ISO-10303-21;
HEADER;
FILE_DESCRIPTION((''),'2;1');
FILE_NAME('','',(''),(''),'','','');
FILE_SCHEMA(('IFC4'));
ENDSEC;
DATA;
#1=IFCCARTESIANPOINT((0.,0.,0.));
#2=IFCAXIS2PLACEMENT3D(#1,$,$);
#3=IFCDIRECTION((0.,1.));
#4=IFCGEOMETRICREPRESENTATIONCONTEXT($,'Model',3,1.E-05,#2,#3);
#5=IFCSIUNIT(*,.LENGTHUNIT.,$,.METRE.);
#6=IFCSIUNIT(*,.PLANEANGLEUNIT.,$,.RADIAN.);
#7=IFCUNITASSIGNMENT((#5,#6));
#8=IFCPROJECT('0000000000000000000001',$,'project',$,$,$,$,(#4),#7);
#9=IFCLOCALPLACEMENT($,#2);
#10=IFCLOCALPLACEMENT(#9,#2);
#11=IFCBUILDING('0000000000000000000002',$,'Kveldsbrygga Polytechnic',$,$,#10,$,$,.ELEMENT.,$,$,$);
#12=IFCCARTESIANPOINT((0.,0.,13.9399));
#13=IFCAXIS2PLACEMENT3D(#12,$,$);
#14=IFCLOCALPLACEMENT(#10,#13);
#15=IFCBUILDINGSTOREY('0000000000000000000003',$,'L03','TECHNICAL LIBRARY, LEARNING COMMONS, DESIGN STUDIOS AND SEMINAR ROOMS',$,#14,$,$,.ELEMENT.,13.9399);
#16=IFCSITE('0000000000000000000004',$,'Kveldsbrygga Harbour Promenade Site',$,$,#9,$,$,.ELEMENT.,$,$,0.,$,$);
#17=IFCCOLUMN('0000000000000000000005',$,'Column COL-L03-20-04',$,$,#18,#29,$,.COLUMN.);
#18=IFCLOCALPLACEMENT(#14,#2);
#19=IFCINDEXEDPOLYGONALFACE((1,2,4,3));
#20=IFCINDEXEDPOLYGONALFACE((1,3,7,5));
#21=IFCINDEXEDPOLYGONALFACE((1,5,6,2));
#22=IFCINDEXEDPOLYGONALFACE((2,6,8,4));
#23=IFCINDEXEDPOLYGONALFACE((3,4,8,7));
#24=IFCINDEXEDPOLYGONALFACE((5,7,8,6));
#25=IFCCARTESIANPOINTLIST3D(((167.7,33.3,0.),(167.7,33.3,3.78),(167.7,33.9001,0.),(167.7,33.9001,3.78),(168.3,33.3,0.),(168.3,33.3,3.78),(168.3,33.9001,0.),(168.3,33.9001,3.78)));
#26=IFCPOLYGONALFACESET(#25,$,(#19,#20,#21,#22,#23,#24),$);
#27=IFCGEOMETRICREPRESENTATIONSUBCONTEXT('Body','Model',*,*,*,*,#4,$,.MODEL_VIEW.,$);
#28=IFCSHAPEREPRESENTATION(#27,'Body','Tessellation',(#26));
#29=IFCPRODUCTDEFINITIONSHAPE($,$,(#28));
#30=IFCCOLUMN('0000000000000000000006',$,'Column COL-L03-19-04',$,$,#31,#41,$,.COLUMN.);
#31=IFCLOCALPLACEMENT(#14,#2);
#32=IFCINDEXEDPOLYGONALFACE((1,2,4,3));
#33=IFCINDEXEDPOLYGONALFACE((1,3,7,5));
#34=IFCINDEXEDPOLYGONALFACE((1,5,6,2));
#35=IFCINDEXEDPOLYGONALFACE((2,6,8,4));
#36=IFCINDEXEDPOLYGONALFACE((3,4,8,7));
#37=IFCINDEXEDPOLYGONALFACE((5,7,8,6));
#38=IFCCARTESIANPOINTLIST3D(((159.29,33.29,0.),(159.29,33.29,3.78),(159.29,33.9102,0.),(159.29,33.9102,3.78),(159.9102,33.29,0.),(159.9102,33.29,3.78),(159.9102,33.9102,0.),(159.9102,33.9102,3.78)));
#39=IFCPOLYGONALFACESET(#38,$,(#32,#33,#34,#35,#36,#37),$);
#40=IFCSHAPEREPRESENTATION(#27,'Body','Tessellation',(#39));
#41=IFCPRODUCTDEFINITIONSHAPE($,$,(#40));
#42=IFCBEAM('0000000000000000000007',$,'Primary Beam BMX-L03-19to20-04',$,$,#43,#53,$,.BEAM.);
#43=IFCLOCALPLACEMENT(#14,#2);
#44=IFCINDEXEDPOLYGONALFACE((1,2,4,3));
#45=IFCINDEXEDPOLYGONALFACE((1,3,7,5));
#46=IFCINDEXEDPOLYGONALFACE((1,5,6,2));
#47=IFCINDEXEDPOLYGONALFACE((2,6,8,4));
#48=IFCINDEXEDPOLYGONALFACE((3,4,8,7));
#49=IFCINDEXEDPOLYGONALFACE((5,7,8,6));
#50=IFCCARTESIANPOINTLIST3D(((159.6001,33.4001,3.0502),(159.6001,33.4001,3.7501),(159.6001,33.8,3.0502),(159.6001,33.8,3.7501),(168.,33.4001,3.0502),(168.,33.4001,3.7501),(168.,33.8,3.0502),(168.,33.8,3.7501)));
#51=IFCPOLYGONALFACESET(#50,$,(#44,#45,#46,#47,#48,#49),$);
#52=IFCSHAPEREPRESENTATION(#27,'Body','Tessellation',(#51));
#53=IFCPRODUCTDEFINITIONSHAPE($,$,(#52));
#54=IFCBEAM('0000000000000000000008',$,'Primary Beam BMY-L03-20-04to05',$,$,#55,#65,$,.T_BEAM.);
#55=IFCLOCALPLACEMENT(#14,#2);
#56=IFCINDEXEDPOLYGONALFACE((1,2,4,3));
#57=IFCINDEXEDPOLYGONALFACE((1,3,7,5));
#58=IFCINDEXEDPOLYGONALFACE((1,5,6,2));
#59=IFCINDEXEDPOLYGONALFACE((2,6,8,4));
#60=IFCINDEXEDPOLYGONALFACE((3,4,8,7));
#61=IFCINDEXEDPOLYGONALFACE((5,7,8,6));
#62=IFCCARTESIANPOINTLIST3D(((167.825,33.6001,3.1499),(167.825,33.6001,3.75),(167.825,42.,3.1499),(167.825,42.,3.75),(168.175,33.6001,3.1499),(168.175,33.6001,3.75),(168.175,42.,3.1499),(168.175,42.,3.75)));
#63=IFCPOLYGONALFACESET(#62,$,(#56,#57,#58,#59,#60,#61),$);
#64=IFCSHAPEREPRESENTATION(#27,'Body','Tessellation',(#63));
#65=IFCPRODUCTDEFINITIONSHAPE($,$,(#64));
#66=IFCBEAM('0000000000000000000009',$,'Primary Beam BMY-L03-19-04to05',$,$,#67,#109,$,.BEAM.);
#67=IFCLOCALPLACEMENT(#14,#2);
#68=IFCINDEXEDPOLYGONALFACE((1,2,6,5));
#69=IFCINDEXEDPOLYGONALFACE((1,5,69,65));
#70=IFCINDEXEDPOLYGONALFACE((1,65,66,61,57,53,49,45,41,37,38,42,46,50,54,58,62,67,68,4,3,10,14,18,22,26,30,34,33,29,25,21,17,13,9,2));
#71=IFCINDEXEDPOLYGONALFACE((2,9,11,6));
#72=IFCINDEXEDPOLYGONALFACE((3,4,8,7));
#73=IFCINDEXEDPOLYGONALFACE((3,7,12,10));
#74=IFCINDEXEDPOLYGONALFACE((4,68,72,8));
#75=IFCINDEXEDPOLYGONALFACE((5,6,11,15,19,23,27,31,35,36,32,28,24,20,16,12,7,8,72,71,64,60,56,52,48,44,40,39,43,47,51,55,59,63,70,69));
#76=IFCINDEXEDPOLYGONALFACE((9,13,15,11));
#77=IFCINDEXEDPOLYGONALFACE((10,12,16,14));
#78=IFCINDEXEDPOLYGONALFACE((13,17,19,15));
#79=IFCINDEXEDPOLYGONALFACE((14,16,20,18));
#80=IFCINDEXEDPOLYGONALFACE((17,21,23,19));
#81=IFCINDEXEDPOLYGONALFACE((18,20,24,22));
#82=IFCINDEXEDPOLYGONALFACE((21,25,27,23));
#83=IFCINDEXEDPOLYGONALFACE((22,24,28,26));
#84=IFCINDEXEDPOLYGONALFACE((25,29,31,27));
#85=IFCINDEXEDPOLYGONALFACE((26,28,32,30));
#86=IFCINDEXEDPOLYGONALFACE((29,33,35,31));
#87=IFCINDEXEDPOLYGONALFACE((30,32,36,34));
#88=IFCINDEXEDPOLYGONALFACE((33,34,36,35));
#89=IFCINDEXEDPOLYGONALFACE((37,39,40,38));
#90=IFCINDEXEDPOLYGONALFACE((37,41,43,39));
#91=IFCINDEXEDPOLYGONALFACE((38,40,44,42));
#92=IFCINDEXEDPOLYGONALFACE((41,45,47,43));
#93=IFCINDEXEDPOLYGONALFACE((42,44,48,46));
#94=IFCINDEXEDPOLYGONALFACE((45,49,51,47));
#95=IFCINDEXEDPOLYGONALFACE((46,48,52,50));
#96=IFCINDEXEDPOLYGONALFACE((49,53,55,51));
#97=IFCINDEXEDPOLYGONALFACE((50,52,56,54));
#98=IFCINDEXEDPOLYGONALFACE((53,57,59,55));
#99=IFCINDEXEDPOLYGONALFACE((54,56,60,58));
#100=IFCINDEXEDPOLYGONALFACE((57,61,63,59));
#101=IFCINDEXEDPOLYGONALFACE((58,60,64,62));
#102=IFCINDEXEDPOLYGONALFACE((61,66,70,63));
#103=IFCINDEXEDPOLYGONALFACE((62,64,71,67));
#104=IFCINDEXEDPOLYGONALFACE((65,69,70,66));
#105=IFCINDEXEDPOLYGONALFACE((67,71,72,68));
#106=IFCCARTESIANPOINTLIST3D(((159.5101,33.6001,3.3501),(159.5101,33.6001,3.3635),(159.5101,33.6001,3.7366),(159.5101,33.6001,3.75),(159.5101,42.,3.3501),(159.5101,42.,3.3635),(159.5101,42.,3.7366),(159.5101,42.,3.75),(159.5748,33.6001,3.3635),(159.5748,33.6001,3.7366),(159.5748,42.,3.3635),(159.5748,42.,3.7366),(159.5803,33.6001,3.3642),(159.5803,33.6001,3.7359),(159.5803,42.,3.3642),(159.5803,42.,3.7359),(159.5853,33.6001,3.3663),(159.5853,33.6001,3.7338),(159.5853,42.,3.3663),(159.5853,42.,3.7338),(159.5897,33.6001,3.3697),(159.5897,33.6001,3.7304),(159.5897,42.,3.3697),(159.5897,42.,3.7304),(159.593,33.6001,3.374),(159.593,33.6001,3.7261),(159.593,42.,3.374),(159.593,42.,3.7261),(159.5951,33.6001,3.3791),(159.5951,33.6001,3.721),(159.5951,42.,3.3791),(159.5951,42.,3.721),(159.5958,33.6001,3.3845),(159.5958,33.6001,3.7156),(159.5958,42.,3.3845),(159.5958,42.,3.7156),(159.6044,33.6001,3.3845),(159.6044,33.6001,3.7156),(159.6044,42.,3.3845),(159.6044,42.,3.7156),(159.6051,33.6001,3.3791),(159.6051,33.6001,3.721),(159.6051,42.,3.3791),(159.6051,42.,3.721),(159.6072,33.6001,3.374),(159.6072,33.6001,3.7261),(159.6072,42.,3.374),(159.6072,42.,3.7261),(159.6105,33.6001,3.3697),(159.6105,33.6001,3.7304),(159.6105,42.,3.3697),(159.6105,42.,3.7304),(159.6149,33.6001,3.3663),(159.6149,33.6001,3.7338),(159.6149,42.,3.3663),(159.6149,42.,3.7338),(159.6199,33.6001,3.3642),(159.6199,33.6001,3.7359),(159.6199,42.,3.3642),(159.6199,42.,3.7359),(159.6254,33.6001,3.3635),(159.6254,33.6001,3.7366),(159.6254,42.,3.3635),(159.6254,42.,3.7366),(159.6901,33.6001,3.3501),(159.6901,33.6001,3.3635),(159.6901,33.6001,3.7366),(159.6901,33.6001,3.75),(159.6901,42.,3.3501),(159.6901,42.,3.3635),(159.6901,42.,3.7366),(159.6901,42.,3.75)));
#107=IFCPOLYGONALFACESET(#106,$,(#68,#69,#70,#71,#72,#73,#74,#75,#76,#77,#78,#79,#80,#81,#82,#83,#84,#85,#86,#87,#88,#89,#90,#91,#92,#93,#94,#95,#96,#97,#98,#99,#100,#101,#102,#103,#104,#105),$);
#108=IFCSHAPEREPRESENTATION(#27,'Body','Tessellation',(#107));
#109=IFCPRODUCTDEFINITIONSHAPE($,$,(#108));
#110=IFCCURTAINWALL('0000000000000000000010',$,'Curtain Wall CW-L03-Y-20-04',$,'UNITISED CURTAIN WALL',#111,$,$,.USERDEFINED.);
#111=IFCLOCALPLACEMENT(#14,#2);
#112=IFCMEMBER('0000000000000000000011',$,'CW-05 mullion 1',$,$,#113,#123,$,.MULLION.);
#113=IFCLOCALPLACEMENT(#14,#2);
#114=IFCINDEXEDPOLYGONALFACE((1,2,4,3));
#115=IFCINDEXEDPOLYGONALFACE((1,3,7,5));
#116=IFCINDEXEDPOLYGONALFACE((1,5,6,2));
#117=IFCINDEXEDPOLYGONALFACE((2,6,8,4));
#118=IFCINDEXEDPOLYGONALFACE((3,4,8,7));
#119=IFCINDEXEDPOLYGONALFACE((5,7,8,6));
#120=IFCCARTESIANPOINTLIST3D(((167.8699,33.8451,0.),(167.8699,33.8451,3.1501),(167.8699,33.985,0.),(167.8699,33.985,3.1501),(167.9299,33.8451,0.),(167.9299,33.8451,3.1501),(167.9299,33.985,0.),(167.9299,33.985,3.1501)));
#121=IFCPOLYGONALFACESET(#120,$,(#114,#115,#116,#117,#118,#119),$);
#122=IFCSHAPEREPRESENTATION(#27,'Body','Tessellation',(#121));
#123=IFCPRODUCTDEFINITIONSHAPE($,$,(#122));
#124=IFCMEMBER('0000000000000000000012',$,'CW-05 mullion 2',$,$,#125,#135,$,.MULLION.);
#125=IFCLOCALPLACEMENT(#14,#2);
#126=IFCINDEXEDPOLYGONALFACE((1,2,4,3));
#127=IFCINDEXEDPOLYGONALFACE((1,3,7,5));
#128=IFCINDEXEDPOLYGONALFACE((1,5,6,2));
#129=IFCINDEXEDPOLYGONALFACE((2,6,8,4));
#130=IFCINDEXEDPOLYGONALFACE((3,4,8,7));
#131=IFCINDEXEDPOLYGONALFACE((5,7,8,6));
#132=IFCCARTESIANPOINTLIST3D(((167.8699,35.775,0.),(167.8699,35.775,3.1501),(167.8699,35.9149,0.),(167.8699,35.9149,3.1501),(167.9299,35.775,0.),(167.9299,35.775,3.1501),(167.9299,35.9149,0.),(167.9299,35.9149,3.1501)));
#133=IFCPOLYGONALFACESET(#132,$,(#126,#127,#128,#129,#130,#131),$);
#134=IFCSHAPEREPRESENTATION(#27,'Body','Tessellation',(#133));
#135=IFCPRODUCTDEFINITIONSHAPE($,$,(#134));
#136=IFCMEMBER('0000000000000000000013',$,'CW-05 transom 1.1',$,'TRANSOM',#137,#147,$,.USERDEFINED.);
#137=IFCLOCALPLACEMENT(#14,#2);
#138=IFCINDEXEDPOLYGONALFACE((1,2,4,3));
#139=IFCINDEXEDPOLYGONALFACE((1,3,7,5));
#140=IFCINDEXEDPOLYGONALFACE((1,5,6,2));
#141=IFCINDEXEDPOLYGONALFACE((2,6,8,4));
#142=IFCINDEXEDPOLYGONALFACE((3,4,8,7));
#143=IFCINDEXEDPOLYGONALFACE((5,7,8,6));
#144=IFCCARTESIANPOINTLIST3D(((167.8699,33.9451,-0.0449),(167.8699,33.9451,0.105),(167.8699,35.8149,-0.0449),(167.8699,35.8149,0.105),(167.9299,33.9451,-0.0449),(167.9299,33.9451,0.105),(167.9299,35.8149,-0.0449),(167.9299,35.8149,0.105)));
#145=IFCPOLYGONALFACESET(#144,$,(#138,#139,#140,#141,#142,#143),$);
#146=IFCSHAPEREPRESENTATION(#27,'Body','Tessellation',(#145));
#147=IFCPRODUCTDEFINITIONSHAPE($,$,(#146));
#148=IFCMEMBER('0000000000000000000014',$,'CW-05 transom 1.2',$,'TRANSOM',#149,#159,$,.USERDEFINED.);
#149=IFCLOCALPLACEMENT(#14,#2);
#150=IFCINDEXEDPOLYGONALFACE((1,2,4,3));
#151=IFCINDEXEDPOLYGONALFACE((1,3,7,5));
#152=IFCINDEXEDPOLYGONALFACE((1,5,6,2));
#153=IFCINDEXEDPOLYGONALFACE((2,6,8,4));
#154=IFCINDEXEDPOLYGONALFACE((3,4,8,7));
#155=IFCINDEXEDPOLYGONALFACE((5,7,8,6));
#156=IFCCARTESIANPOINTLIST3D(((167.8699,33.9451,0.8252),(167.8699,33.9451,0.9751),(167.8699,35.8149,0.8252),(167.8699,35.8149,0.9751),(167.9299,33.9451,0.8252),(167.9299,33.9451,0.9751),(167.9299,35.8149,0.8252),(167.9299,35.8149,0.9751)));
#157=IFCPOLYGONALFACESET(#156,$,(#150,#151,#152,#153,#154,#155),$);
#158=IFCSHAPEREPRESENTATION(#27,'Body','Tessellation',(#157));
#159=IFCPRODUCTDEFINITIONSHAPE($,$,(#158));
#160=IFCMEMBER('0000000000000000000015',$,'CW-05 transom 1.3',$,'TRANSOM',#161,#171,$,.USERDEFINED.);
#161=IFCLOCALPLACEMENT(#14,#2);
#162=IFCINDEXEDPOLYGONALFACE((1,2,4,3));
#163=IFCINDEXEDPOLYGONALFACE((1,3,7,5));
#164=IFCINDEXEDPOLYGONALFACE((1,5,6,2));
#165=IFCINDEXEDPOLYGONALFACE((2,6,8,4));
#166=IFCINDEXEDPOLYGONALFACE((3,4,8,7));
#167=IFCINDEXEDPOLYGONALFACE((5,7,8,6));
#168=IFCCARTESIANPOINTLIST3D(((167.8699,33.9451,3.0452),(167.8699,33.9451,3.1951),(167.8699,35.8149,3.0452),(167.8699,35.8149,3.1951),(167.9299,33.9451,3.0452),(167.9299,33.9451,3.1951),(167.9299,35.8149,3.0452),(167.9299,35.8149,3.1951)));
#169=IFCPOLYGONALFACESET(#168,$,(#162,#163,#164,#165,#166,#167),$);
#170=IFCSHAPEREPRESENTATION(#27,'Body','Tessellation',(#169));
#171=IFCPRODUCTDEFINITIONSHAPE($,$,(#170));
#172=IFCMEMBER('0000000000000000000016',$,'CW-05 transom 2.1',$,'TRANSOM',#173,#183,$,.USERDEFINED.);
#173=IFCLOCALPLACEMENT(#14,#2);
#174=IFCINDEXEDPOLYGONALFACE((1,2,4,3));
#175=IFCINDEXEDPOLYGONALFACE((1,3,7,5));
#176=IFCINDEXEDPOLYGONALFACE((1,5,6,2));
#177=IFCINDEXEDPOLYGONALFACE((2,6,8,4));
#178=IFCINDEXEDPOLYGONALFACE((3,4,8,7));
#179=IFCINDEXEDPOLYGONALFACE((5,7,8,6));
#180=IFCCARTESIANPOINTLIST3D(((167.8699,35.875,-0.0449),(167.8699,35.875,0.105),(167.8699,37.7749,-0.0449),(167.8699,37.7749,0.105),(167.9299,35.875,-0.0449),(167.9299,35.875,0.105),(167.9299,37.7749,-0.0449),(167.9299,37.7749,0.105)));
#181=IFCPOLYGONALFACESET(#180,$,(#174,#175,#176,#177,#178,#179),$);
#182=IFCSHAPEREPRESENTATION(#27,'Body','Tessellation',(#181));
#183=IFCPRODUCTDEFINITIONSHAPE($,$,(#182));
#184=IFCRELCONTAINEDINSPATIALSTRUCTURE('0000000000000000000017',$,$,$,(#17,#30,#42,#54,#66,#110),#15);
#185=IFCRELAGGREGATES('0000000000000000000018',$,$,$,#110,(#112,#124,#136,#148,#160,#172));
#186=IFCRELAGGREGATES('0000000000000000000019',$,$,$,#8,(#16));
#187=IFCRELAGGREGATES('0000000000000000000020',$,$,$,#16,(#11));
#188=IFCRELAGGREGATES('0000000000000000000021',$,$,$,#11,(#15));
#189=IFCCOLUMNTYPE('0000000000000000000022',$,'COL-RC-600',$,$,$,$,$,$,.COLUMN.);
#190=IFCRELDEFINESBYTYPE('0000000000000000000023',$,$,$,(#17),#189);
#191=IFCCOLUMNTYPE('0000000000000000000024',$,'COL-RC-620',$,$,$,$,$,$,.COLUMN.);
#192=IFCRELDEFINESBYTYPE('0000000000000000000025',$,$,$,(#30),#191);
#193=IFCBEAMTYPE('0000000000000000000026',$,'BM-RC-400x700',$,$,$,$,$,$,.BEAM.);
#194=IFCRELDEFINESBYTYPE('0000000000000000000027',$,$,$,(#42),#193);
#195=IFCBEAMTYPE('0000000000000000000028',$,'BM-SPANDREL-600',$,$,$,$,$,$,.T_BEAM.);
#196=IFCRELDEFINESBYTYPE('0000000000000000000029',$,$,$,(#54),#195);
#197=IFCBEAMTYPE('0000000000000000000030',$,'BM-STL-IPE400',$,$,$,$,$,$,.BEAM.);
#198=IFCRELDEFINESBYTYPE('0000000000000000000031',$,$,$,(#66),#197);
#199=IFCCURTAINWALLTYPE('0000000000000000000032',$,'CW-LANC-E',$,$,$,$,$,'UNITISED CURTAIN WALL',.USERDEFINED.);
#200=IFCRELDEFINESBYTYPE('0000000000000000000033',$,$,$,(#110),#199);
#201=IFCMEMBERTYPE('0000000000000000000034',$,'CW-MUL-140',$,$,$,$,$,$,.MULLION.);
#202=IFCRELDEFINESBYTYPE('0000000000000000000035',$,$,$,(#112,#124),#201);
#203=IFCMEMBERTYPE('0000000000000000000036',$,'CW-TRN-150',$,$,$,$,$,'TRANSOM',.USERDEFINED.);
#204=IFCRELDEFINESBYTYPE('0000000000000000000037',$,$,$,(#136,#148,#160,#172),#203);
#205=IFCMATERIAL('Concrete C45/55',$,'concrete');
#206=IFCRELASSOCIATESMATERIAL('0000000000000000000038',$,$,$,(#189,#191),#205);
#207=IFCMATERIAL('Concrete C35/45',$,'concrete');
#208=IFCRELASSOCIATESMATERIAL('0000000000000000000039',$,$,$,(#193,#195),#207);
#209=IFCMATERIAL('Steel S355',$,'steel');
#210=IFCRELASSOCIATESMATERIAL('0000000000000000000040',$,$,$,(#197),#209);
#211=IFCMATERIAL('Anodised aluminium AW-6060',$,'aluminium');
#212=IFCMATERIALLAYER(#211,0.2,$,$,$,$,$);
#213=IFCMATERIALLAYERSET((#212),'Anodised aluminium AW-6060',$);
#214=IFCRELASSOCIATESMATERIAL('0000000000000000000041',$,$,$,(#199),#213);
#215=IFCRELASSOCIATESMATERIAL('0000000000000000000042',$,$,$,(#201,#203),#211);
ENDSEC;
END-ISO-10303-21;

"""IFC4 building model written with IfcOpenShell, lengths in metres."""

from ifc_helpers import new_model, si_unit, direction, frame, origin, origin_2d, place, context, subcontext, project, spatial, rectangle, i_section, extrude, material, layer, layer_set, material_profile, profile_set, type_object, element, aggregate, save


model = new_model("IFC4")

# Units and contexts
model_context = context("Model", 3, precision=1e-05, world=origin(), true_north=direction((0.0, 1.0)))
body_context = subcontext(model_context, "Body", "Model", "MODEL_VIEW")
ifc_project = project(units=[si_unit("LENGTHUNIT", "METRE"), si_unit("PLANEANGLEUNIT", "RADIAN")], contexts=[model_context])

# Site, building, storey
site_placement = place(None, origin())
site = spatial("IfcSite", under=ifc_project, at=site_placement, Name="Kveldsbrygga Harbour Promenade Site", CompositionType="ELEMENT", RefElevation=0.0)
building_placement = place(site_placement, origin())
building = spatial("IfcBuilding", under=site, at=building_placement, Name="Kveldsbrygga Polytechnic", CompositionType="ELEMENT")
storey_placement = place(building_placement, frame((0.0, 0.0, 13.9399)))
storey = spatial("IfcBuildingStorey", under=building, at=storey_placement, Name="L03", Description="TECHNICAL LIBRARY, LEARNING COMMONS, DESIGN STUDIOS AND SEMINAR ROOMS", CompositionType="ELEMENT", Elevation=13.9399)

# Columns
ifc_material_1 = material(Name="Concrete C45/55", Category="concrete")
ifc_material_profile_1 = material_profile(ifc_material_1, rectangle(XDim=0.6001, YDim=0.6001, at=origin_2d()), Name="RC 600x600")
ifc_profile_set_1 = profile_set([ifc_material_profile_1], Name="Concrete C45/55")
column_type_1 = type_object("IfcColumnType", Name="COL-RC-600", PredefinedType="COLUMN", material=ifc_profile_set_1)
column_1_placement = place(storey_placement, frame((168.0, 33.6001, 0.0), z_axis=(0.0, 0.0, 1.0), x_axis=(1.0, 0.0, 0.0)))
element("IfcColumn", 1, at=column_1_placement, inside=storey, type_object=column_type_1, Name="Column COL-L03-20-04", PredefinedType="COLUMN", context=body_context, shape_type="SweptSolid", body=[
    extrude(rectangle(XDim=0.6001, YDim=0.6001, at=origin_2d()), origin(), (0.0, 0.0, 1.0), 3.78),
])
ifc_material_profile_2 = material_profile(ifc_material_1, rectangle(XDim=0.6201, YDim=0.6201, at=origin_2d()), Name="RC 620x620")
ifc_profile_set_2 = profile_set([ifc_material_profile_2], Name="Concrete C45/55")
column_type_2 = type_object("IfcColumnType", Name="COL-RC-620", PredefinedType="COLUMN", material=ifc_profile_set_2)
column_2_placement = place(storey_placement, frame((159.6001, 33.6001, 0.0), z_axis=(0.0, 0.0, 1.0), x_axis=(1.0, 0.0, 0.0)))
element("IfcColumn", 2, at=column_2_placement, inside=storey, type_object=column_type_2, Name="Column COL-L03-19-04", PredefinedType="COLUMN", context=body_context, shape_type="SweptSolid", body=[
    extrude(rectangle(XDim=0.6201, YDim=0.6201, at=origin_2d()), origin(), (0.0, 0.0, 1.0), 3.78),
])

# Beams
ifc_material_2 = material(Name="Concrete C35/45", Category="concrete")
ifc_material_profile_3 = material_profile(ifc_material_2, rectangle(XDim=0.3999, YDim=0.7, at=origin_2d()), Name="RC 400x700")
ifc_profile_set_3 = profile_set([ifc_material_profile_3], Name="Concrete C35/45")
beam_type_1 = type_object("IfcBeamType", Name="BM-RC-400x700", PredefinedType="BEAM", material=ifc_profile_set_3)
beam_1_placement = place(storey_placement, frame((159.6001, 33.6001, 3.4001), z_axis=(1.0, 0.0, 0.0), x_axis=(0.0, 1.0, 0.0)))
element("IfcBeam", 3, at=beam_1_placement, inside=storey, type_object=beam_type_1, Name="Primary Beam BMX-L03-19to20-04", PredefinedType="BEAM", context=body_context, shape_type="SweptSolid", body=[
    extrude(rectangle(XDim=0.3999, YDim=0.7, at=origin_2d()), origin(), (0.0, 0.0, 1.0), 8.3999),
])
ifc_material_profile_4 = material_profile(ifc_material_2, rectangle(XDim=0.3501, YDim=0.6001, at=origin_2d()), Name="RC 350x600")
ifc_profile_set_4 = profile_set([ifc_material_profile_4], Name="Concrete C35/45")
beam_type_2 = type_object("IfcBeamType", Name="BM-SPANDREL-600", PredefinedType="T_BEAM", material=ifc_profile_set_4)
beam_2_placement = place(storey_placement, frame((168.0, 33.6001, 3.45), z_axis=(0.0, 1.0, 0.0), x_axis=(-1.0, 0.0, 0.0)))
element("IfcBeam", 4, at=beam_2_placement, inside=storey, type_object=beam_type_2, Name="Primary Beam BMY-L03-20-04to05", PredefinedType="T_BEAM", context=body_context, shape_type="SweptSolid", body=[
    extrude(rectangle(XDim=0.3501, YDim=0.6001, at=origin_2d()), origin(), (0.0, 0.0, 1.0), 8.3999),
])
ifc_material_3 = material(Name="Steel S355", Category="steel")
ifc_material_profile_5 = material_profile(ifc_material_3, i_section(OverallWidth=0.1799, OverallDepth=0.3999, WebThickness=0.0085, FlangeThickness=0.0134, FilletRadius=0.021, at=origin_2d()), Name="IPE 400")
ifc_profile_set_5 = profile_set([ifc_material_profile_5], Name="Steel S355")
beam_type_3 = type_object("IfcBeamType", Name="BM-STL-IPE400", PredefinedType="BEAM", material=ifc_profile_set_5)
beam_3_placement = place(storey_placement, frame((159.6001, 33.6001, 3.55), z_axis=(0.0, 1.0, 0.0), x_axis=(-1.0, 0.0, 0.0)))
element("IfcBeam", 5, at=beam_3_placement, inside=storey, type_object=beam_type_3, Name="Primary Beam BMY-L03-19-04to05", PredefinedType="BEAM", context=body_context, shape_type="SweptSolid", body=[
    extrude(i_section(OverallWidth=0.1799, OverallDepth=0.3999, WebThickness=0.0085, FlangeThickness=0.0134, FilletRadius=0.021, at=origin_2d()), origin(), (0.0, 0.0, 1.0), 8.3999),
])

# Curtain wall, members
ifc_material_4 = material(Name="Anodised aluminium AW-6060", Category="aluminium")
ifc_layer_1 = layer(ifc_material_4, 0.2)
ifc_layer_set_1 = layer_set([ifc_layer_1], Name="Anodised aluminium AW-6060")
curtain_wall_type = type_object("IfcCurtainWallType", Name="CW-LANC-E", ElementType="UNITISED CURTAIN WALL", PredefinedType="USERDEFINED", material=ifc_layer_set_1)
curtain_wall_placement = place(storey_placement, origin())
curtain_wall = element("IfcCurtainWall", 6, at=curtain_wall_placement, inside=storey, type_object=curtain_wall_type, Name="Curtain Wall CW-L03-Y-20-04", ObjectType="UNITISED CURTAIN WALL", PredefinedType="USERDEFINED")
ifc_material_profile_6 = material_profile(ifc_material_4, rectangle(XDim=0.0601, YDim=0.1399, at=origin_2d()), Name="ALU 60x140")
ifc_profile_set_6 = profile_set([ifc_material_profile_6], Name="Anodised aluminium AW-6060")
member_type_1 = type_object("IfcMemberType", Name="CW-MUL-140", PredefinedType="MULLION", material=ifc_profile_set_6)
member_1_placement = place(storey_placement, frame((167.8999, 33.915, 0.0), z_axis=(0.0, 0.0, 1.0), x_axis=(-1.0, 0.0, 0.0)))
member_1 = element("IfcMember", 7, at=member_1_placement, type_object=member_type_1, Name="CW-05 mullion 1", PredefinedType="MULLION", context=body_context, shape_type="SweptSolid", body=[
    extrude(rectangle(XDim=0.0601, YDim=0.1399, at=origin_2d()), origin(), (0.0, 0.0, 1.0), 3.1501),
])
member_2_placement = place(storey_placement, frame((167.8999, 35.845, 0.0), z_axis=(0.0, 0.0, 1.0), x_axis=(-1.0, 0.0, 0.0)))
member_2 = element("IfcMember", 8, at=member_2_placement, type_object=member_type_1, Name="CW-05 mullion 2", PredefinedType="MULLION", context=body_context, shape_type="SweptSolid", body=[
    extrude(rectangle(XDim=0.0601, YDim=0.1399, at=origin_2d()), origin(), (0.0, 0.0, 1.0), 3.1501),
])
ifc_material_profile_7 = material_profile(ifc_material_4, rectangle(XDim=0.0601, YDim=0.1499, at=origin_2d()), Name="ALU 60x150")
ifc_profile_set_7 = profile_set([ifc_material_profile_7], Name="Anodised aluminium AW-6060")
member_type_2 = type_object("IfcMemberType", Name="CW-TRN-150", ElementType="TRANSOM", PredefinedType="USERDEFINED", material=ifc_profile_set_7)
member_3_placement = place(storey_placement, frame((167.8999, 33.9451, 0.03), z_axis=(0.0, 1.0, 0.0), x_axis=(-1.0, 0.0, 0.0)))
member_3 = element("IfcMember", 9, at=member_3_placement, type_object=member_type_2, Name="CW-05 transom 1.1", ObjectType="TRANSOM", PredefinedType="USERDEFINED", context=body_context, shape_type="SweptSolid", body=[
    extrude(rectangle(XDim=0.0601, YDim=0.1499, at=origin_2d()), origin(), (0.0, 0.0, 1.0), 1.8699),
])
member_4_placement = place(storey_placement, frame((167.8999, 33.9451, 0.9001), z_axis=(0.0, 1.0, 0.0), x_axis=(-1.0, 0.0, 0.0)))
member_4 = element("IfcMember", 10, at=member_4_placement, type_object=member_type_2, Name="CW-05 transom 1.2", ObjectType="TRANSOM", PredefinedType="USERDEFINED", context=body_context, shape_type="SweptSolid", body=[
    extrude(rectangle(XDim=0.0601, YDim=0.1499, at=origin_2d()), origin(), (0.0, 0.0, 1.0), 1.8699),
])
member_5_placement = place(storey_placement, frame((167.8999, 33.9451, 3.1201), z_axis=(0.0, 1.0, 0.0), x_axis=(-1.0, 0.0, 0.0)))
member_5 = element("IfcMember", 11, at=member_5_placement, type_object=member_type_2, Name="CW-05 transom 1.3", ObjectType="TRANSOM", PredefinedType="USERDEFINED", context=body_context, shape_type="SweptSolid", body=[
    extrude(rectangle(XDim=0.0601, YDim=0.1499, at=origin_2d()), origin(), (0.0, 0.0, 1.0), 1.8699),
])
member_6_placement = place(storey_placement, frame((167.8999, 35.875, 0.03), z_axis=(0.0, 1.0, 0.0), x_axis=(-1.0, 0.0, 0.0)))
member_6 = element("IfcMember", 12, at=member_6_placement, type_object=member_type_2, Name="CW-05 transom 2.1", ObjectType="TRANSOM", PredefinedType="USERDEFINED", context=body_context, shape_type="SweptSolid", body=[
    extrude(rectangle(XDim=0.0601, YDim=0.1499, at=origin_2d()), origin(), (0.0, 0.0, 1.0), 1.8999),
])

aggregate(curtain_wall, [member_1, member_2, member_3, member_4, member_5, member_6])

save(model, "model.ifc")
